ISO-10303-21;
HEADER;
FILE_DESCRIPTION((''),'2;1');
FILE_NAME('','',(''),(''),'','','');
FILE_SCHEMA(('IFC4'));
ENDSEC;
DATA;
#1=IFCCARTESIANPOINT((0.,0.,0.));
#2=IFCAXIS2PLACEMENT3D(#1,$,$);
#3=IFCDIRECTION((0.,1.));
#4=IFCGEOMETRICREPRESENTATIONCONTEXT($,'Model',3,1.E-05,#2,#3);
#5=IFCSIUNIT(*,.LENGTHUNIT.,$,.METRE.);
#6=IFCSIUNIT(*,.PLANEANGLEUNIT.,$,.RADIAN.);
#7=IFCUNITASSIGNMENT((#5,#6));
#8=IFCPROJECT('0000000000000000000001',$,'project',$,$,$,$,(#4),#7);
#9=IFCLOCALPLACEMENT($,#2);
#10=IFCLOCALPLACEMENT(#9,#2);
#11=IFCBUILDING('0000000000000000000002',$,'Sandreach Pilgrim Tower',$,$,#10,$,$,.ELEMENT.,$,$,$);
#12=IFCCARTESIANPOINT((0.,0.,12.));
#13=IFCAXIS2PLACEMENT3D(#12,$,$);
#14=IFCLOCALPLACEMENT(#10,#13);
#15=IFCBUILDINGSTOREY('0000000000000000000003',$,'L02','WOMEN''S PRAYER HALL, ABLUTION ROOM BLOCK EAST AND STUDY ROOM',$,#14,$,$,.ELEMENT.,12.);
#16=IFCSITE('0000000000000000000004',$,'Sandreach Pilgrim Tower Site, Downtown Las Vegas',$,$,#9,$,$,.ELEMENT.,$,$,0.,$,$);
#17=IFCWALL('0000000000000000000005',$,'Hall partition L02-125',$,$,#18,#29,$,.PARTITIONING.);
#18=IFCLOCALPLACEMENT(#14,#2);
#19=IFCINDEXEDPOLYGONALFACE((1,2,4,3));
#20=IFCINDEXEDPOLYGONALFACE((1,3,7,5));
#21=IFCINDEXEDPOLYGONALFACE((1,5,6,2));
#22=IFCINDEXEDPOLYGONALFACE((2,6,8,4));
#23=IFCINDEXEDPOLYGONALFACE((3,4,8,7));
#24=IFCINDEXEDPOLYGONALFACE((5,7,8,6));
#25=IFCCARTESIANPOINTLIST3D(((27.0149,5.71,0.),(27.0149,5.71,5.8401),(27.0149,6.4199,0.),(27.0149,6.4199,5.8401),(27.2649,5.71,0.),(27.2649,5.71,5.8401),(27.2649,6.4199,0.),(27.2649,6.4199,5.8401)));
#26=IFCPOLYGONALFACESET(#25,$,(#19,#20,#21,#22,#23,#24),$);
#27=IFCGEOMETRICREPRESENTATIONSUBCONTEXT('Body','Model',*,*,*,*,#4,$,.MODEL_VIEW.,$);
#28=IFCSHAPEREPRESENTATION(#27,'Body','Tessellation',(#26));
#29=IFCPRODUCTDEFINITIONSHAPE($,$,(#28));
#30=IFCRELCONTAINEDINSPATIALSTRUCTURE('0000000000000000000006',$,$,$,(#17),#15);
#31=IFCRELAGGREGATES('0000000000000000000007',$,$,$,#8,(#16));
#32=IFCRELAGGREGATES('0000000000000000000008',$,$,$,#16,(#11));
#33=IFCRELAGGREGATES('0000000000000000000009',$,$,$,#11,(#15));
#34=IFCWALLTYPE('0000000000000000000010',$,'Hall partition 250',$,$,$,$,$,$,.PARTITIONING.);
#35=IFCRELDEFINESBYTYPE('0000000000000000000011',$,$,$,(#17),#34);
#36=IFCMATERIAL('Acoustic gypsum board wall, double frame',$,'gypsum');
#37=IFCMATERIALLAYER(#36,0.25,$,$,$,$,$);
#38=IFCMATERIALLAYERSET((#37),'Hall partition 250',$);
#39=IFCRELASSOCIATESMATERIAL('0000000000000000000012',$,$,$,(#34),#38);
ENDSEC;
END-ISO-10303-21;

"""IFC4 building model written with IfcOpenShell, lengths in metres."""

from ifc_helpers import new_model, si_unit, direction, frame, frame_2d, origin, place, context, subcontext, project, spatial, rectangle, extrude, material, layer, layer_set, type_object, element, save


model = new_model("IFC4")

# Units and contexts
model_context = context("Model", 3, precision=1e-05, world=origin(), true_north=direction((0.0, 1.0)))
body_context = subcontext(model_context, "Body", "Model", "MODEL_VIEW")
ifc_project = project(units=[si_unit("LENGTHUNIT", "METRE"), si_unit("PLANEANGLEUNIT", "RADIAN")], contexts=[model_context])

# Site, building, storey
site_placement = place(None, origin())
site = spatial("IfcSite", under=ifc_project, at=site_placement, Name="Sandreach Pilgrim Tower Site, Downtown Las Vegas", CompositionType="ELEMENT", RefElevation=0.0)
building_placement = place(site_placement, origin())
building = spatial("IfcBuilding", under=site, at=building_placement, Name="Sandreach Pilgrim Tower", CompositionType="ELEMENT")
storey_placement = place(building_placement, frame((0.0, 0.0, 12.0)))
storey = spatial("IfcBuildingStorey", under=building, at=storey_placement, Name="L02", Description="WOMEN'S PRAYER HALL, ABLUTION ROOM BLOCK EAST AND STUDY ROOM", CompositionType="ELEMENT", Elevation=12.0)

# Shared definitions
ifc_material_1 = material(Name="Acoustic gypsum board wall, double frame", Category="gypsum")
ifc_layer = layer(ifc_material_1, 0.25)
ifc_layer_set = layer_set([ifc_layer], Name="Hall partition 250")
wall_type = type_object("IfcWallType", Name="Hall partition 250", PredefinedType="PARTITIONING", material=ifc_layer_set)

# Wall
wall_1_placement = place(storey_placement, frame((27.1399, 6.4199, 0.0), z_axis=(0.0, 0.0, 1.0), x_axis=(0.0, -1.0, 0.0)))
element("IfcWall", 1, at=wall_1_placement, inside=storey, type_object=wall_type, Name="Hall partition L02-125", PredefinedType="PARTITIONING", context=body_context, shape_type="SweptSolid", body=[
    extrude(rectangle(XDim=0.71, YDim=0.25, at=frame_2d((0.355, 0.0))), origin(), (0.0, 0.0, 1.0), 5.8401),
])

save(model, "model.ifc")
